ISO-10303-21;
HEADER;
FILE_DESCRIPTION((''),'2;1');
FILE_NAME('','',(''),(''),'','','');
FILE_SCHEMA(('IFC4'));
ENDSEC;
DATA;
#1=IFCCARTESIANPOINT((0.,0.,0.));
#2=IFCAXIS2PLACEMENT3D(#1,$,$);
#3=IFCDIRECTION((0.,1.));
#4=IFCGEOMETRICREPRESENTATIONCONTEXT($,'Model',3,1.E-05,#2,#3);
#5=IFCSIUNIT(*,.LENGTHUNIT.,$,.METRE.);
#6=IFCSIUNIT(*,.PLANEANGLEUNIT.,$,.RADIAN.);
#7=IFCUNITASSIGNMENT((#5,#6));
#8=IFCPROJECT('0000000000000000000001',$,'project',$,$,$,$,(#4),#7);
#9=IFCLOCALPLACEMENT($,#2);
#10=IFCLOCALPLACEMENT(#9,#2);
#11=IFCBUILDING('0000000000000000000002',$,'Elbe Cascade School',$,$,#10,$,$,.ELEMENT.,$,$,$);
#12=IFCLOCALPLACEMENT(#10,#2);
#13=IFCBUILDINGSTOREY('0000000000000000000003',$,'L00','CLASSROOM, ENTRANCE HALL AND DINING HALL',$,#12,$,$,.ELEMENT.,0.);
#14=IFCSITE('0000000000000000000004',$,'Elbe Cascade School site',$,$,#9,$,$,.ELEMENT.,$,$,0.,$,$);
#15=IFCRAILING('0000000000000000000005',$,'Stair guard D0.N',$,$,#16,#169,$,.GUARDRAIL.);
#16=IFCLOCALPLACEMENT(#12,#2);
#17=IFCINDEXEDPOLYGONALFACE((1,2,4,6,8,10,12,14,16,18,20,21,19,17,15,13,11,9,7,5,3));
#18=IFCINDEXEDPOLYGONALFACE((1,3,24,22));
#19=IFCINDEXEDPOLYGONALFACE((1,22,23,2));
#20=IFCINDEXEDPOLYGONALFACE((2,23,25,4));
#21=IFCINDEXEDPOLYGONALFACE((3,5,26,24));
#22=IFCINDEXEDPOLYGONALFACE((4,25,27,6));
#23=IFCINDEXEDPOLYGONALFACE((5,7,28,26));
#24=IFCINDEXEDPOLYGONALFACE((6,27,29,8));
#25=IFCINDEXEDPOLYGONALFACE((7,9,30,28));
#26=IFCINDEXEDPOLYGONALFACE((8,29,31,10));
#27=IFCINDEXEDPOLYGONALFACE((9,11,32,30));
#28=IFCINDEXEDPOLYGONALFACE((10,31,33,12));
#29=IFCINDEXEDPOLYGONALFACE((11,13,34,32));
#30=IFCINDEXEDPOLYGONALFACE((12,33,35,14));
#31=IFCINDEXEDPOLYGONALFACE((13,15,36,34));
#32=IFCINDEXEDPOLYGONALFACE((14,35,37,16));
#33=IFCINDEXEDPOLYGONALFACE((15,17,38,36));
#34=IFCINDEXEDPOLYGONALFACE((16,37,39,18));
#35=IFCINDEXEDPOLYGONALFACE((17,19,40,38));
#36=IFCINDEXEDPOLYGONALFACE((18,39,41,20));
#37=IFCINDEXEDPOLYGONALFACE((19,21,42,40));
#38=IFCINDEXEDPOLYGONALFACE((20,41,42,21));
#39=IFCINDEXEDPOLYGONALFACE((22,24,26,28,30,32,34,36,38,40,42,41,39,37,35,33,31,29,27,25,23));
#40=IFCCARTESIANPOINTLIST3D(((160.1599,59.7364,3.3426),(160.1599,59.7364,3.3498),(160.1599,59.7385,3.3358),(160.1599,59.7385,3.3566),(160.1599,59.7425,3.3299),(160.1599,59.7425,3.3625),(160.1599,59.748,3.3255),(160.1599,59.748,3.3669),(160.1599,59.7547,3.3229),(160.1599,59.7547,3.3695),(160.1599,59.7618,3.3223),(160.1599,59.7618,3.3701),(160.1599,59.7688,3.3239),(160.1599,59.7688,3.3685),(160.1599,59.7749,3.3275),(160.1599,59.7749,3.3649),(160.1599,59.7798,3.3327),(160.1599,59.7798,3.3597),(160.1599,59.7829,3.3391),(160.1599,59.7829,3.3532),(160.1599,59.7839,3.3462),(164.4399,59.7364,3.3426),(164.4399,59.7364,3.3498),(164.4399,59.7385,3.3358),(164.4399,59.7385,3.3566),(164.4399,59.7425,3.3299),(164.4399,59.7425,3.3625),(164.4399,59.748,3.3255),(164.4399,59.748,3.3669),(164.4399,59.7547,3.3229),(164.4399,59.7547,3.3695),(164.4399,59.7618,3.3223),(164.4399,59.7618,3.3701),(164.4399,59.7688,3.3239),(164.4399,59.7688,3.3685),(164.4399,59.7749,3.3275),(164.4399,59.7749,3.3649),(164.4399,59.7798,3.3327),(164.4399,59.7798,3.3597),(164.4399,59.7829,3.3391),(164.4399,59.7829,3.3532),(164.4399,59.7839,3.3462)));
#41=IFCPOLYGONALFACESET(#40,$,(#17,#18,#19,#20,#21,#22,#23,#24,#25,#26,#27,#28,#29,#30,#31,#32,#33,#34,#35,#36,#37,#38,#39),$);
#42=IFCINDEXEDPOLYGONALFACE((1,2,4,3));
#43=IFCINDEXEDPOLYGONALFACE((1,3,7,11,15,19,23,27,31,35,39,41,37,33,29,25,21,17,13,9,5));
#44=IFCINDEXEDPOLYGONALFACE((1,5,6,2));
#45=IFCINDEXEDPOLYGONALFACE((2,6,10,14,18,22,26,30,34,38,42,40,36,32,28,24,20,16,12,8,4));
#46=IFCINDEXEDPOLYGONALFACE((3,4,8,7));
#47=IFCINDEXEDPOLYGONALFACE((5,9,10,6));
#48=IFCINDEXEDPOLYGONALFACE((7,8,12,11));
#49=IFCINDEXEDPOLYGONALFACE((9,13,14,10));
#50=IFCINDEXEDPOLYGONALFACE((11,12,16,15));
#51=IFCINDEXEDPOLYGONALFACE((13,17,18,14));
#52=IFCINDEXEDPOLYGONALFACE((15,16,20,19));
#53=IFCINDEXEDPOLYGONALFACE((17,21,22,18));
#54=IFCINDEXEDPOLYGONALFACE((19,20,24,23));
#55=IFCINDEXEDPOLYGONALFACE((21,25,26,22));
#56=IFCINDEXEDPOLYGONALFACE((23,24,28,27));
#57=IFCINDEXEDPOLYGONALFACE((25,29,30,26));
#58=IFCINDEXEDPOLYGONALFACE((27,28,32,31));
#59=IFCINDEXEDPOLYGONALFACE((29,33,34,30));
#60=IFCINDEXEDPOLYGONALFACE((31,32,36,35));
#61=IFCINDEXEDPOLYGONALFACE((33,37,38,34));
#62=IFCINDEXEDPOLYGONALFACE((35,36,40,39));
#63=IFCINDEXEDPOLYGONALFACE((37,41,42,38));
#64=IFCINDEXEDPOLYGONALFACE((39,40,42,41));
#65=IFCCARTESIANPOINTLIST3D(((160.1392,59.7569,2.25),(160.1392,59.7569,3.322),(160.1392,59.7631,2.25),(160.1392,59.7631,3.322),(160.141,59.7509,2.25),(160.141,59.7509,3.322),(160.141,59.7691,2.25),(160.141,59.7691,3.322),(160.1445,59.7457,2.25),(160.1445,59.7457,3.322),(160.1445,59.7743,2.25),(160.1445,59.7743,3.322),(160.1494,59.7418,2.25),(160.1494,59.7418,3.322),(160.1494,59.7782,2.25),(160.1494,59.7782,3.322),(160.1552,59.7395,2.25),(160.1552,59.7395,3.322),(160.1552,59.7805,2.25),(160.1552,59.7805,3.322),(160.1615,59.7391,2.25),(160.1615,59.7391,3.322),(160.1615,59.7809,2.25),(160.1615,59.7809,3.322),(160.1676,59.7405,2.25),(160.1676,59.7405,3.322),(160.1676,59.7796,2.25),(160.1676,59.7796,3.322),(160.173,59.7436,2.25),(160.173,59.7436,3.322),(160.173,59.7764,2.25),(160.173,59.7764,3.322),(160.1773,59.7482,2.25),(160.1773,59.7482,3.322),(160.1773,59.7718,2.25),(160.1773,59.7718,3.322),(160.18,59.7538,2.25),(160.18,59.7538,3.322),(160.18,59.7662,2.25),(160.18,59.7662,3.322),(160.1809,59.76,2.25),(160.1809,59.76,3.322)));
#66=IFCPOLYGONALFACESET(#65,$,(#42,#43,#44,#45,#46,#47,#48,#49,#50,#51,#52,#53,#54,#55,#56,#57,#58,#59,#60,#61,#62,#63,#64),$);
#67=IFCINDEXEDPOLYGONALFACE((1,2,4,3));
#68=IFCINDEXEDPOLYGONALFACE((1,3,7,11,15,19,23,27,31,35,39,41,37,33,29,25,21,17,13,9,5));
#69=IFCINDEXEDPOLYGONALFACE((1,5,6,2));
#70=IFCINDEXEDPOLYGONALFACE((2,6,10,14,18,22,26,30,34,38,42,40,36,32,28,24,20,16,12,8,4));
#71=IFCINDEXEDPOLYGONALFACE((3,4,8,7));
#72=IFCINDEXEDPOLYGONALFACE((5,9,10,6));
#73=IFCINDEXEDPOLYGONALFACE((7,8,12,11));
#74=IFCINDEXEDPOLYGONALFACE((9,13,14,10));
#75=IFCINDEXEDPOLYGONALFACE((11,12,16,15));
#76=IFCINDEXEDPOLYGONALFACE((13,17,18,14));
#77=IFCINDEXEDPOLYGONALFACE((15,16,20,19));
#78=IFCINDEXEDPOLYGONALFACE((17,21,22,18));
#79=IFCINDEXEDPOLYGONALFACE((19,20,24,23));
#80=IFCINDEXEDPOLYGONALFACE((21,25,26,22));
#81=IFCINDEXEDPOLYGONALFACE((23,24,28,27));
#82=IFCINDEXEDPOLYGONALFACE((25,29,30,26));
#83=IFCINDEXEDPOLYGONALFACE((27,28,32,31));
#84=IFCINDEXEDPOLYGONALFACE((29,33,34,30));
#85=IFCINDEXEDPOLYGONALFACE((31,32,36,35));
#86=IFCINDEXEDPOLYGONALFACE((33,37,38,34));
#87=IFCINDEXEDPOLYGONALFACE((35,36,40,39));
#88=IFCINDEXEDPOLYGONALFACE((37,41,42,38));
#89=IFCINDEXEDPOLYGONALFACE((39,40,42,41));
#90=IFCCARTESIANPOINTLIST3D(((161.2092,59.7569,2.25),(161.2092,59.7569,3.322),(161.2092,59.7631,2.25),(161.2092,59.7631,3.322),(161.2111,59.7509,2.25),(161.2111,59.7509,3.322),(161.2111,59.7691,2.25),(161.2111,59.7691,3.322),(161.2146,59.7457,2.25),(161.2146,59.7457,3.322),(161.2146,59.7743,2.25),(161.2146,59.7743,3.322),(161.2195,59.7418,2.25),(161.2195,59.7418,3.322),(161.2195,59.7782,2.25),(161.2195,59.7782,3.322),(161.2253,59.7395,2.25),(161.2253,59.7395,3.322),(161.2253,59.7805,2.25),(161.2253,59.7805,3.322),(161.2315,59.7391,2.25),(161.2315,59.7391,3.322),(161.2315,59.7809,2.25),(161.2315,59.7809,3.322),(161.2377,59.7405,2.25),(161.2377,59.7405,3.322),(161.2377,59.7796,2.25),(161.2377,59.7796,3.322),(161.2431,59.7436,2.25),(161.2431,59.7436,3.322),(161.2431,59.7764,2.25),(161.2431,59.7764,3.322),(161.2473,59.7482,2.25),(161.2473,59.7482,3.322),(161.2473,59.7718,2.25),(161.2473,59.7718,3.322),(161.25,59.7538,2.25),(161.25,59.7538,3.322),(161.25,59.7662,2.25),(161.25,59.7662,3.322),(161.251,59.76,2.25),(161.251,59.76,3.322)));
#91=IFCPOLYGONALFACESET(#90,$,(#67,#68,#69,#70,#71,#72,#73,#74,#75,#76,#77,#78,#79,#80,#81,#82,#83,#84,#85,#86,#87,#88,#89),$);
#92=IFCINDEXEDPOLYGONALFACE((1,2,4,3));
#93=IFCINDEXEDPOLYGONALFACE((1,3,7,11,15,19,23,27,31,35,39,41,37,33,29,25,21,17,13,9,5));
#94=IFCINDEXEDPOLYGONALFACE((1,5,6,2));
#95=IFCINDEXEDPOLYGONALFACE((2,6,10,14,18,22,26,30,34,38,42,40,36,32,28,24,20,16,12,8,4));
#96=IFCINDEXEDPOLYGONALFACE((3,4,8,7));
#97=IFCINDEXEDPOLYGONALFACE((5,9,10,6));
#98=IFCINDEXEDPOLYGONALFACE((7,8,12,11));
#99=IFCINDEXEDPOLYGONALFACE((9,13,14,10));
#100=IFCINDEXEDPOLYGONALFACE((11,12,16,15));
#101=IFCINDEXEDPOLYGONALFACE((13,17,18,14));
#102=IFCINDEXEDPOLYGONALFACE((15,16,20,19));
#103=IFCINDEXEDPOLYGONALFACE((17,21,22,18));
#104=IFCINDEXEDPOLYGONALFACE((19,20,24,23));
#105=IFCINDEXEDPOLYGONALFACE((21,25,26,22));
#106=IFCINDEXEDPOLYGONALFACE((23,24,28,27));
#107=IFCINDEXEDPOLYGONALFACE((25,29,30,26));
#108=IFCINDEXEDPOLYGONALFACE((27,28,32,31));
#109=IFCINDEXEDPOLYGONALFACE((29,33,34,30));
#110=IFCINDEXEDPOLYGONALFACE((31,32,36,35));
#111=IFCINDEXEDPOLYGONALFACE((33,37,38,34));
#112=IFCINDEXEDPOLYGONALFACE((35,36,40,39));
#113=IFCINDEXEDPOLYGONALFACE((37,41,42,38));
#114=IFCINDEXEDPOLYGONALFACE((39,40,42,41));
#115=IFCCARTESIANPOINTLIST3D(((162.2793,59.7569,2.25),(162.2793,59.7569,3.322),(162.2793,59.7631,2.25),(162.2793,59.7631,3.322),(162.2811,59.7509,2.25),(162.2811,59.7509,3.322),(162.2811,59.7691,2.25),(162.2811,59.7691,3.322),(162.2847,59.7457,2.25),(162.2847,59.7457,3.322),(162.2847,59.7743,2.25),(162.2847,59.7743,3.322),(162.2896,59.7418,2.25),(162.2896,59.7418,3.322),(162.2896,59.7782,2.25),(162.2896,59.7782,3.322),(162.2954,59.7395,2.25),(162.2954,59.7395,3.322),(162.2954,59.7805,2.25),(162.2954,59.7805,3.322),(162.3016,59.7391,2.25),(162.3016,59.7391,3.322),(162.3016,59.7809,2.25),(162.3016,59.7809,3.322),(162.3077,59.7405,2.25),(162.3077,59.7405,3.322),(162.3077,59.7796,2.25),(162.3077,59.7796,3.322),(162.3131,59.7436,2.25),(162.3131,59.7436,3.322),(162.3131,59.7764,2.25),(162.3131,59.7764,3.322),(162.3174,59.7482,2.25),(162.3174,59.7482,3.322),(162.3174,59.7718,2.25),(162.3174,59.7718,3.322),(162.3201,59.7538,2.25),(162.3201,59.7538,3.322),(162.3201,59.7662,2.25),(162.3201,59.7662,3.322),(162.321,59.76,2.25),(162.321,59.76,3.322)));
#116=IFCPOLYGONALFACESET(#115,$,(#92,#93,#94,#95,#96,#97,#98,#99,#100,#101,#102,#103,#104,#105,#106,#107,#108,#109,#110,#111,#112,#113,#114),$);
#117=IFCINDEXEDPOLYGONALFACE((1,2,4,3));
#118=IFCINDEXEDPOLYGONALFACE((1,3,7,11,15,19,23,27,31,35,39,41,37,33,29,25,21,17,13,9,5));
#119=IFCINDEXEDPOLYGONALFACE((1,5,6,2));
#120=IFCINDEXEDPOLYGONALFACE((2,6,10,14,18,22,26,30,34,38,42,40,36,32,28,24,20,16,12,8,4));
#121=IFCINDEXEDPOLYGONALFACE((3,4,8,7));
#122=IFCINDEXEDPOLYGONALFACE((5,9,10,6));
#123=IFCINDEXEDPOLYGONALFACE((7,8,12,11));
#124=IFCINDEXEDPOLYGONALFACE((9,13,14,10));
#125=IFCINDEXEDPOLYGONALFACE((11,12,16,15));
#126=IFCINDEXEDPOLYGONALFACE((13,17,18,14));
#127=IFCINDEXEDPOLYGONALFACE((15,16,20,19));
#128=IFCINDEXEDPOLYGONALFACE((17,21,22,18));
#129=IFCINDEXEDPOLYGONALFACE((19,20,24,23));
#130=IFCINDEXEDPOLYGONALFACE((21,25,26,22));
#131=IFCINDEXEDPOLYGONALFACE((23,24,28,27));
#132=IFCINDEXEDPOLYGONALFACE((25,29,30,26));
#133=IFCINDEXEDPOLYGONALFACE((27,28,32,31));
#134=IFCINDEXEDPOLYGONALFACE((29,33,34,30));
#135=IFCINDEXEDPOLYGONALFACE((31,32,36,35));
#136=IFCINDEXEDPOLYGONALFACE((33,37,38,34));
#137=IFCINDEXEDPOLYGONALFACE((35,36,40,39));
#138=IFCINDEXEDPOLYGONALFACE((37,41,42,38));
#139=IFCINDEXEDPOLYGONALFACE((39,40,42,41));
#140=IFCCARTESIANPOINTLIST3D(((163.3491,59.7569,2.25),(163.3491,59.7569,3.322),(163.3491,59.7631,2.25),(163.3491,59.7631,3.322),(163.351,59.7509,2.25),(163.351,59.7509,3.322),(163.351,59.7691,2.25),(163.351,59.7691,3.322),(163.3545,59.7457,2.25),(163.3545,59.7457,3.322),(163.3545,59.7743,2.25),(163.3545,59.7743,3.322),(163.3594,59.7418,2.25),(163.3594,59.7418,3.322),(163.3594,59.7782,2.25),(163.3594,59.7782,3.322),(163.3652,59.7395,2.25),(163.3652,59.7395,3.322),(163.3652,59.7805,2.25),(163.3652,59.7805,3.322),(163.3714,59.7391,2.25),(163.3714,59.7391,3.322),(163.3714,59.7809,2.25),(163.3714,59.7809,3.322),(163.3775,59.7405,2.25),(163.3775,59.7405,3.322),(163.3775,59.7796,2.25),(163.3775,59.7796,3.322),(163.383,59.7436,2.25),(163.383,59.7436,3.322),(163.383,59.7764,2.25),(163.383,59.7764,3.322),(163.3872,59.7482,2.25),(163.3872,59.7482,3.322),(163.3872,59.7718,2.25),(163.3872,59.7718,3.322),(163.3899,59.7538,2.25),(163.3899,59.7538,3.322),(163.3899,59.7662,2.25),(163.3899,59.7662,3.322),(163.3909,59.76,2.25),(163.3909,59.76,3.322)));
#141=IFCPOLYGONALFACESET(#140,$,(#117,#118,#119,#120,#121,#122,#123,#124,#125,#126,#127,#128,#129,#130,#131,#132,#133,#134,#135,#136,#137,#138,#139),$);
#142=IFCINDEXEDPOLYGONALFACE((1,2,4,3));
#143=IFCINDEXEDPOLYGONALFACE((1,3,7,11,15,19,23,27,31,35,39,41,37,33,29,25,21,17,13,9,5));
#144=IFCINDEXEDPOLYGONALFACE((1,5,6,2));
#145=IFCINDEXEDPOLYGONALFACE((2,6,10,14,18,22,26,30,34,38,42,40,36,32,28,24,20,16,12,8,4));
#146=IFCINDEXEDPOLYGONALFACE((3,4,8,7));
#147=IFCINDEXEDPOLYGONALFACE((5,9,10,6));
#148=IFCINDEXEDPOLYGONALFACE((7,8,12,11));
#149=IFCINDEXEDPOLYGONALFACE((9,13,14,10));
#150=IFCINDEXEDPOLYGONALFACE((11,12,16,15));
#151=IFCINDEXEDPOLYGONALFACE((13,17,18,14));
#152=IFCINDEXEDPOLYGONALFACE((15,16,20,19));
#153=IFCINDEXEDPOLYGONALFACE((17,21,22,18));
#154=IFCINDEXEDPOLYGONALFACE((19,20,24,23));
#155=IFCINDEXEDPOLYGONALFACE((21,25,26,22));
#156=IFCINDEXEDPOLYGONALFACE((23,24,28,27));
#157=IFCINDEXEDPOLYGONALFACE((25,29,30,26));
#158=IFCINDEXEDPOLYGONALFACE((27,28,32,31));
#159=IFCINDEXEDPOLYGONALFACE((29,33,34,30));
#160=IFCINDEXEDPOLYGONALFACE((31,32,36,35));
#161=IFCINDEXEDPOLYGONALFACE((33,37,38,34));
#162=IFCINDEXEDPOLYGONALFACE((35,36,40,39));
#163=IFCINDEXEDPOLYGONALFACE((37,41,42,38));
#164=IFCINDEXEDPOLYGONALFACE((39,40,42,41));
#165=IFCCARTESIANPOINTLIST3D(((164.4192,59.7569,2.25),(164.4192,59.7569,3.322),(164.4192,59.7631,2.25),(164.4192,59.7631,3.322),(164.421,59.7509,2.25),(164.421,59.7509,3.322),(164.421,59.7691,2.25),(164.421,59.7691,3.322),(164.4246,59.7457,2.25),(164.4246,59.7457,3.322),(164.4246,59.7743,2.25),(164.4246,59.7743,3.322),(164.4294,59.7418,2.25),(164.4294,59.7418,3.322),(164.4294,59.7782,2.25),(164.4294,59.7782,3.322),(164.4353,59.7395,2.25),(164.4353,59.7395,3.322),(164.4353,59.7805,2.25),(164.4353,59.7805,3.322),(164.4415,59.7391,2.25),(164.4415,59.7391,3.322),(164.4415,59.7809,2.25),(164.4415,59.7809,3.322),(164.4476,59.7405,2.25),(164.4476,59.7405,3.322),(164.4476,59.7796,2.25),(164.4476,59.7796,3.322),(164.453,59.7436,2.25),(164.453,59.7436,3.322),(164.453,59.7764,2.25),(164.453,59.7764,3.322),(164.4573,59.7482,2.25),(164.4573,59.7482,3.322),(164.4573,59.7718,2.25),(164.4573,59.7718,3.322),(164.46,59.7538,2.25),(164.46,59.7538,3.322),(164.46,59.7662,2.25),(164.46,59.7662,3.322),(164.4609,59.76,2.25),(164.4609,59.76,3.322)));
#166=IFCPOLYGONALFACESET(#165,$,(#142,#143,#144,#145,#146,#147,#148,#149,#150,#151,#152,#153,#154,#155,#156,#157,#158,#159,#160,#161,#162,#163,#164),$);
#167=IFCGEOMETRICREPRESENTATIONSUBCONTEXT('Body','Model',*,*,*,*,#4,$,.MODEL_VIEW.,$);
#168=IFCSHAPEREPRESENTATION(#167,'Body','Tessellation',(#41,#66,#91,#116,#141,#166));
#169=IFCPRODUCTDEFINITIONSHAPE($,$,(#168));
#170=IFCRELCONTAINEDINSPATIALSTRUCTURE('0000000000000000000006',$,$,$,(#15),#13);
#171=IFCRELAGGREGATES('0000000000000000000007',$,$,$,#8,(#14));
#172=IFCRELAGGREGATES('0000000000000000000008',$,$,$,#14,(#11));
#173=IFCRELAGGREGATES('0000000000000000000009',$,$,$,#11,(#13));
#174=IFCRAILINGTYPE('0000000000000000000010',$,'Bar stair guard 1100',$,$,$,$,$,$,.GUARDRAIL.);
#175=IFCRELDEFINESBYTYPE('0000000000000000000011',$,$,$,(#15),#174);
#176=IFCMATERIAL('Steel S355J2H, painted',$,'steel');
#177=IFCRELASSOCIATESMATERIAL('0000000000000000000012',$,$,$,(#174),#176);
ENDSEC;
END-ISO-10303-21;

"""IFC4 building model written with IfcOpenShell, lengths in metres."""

from ifc_helpers import new_model, si_unit, direction, frame, origin, origin_2d, place, context, subcontext, project, spatial, circle, extrude, material, type_object, element, save


model = new_model("IFC4")

# Units and contexts
model_context = context("Model", 3, precision=1e-05, world=origin(), true_north=direction((0.0, 1.0)))
body_context = subcontext(model_context, "Body", "Model", "MODEL_VIEW")
ifc_project = project(units=[si_unit("LENGTHUNIT", "METRE"), si_unit("PLANEANGLEUNIT", "RADIAN")], contexts=[model_context])

# Site, building, storey
site_placement = place(None, origin())
site = spatial("IfcSite", under=ifc_project, at=site_placement, Name="Elbe Cascade School site", CompositionType="ELEMENT", RefElevation=0.0)
building_placement = place(site_placement, origin())
building = spatial("IfcBuilding", under=site, at=building_placement, Name="Elbe Cascade School", CompositionType="ELEMENT")
storey_placement = place(building_placement, origin())
storey = spatial("IfcBuildingStorey", under=building, at=storey_placement, Name="L00", Description="CLASSROOM, ENTRANCE HALL AND DINING HALL", CompositionType="ELEMENT", Elevation=0.0)

# Railing
ifc_material_1 = material(Name="Steel S355J2H, painted", Category="steel")
railing_type_1 = type_object("IfcRailingType", Name="Bar stair guard 1100", PredefinedType="GUARDRAIL", material=ifc_material_1)
railing_1_placement = place(storey_placement, frame((160.1599, 59.76, 2.25)))
element("IfcRailing", 1, at=railing_1_placement, inside=storey, type_object=railing_type_1, Name="Stair guard D0.N", PredefinedType="GUARDRAIL", context=body_context, shape_type="SweptSolid", body=[
    extrude(circle(Radius=0.0239, at=origin_2d()), frame((0.0, 0.0, 1.0962), z_axis=(1.0, 0.0, 0.0), x_axis=(0.0, 1.0, 0.0)), (0.0, 0.0, 1.0), 4.28),
    extrude(circle(Radius=0.021, at=origin_2d()), origin(), (0.0, 0.0, 1.0), 1.072),
    extrude(circle(Radius=0.021, at=origin_2d()), frame((1.0701, 0.0, 0.0)), (0.0, 0.0, 1.0), 1.072),
    extrude(circle(Radius=0.021, at=origin_2d()), frame((2.1401, 0.0, 0.0)), (0.0, 0.0, 1.0), 1.072),
    extrude(circle(Radius=0.021, at=origin_2d()), frame((3.21, 0.0, 0.0)), (0.0, 0.0, 1.0), 1.072),
    extrude(circle(Radius=0.021, at=origin_2d()), frame((4.28, 0.0, 0.0)), (0.0, 0.0, 1.0), 1.072),
])

save(model, "model.ifc")
